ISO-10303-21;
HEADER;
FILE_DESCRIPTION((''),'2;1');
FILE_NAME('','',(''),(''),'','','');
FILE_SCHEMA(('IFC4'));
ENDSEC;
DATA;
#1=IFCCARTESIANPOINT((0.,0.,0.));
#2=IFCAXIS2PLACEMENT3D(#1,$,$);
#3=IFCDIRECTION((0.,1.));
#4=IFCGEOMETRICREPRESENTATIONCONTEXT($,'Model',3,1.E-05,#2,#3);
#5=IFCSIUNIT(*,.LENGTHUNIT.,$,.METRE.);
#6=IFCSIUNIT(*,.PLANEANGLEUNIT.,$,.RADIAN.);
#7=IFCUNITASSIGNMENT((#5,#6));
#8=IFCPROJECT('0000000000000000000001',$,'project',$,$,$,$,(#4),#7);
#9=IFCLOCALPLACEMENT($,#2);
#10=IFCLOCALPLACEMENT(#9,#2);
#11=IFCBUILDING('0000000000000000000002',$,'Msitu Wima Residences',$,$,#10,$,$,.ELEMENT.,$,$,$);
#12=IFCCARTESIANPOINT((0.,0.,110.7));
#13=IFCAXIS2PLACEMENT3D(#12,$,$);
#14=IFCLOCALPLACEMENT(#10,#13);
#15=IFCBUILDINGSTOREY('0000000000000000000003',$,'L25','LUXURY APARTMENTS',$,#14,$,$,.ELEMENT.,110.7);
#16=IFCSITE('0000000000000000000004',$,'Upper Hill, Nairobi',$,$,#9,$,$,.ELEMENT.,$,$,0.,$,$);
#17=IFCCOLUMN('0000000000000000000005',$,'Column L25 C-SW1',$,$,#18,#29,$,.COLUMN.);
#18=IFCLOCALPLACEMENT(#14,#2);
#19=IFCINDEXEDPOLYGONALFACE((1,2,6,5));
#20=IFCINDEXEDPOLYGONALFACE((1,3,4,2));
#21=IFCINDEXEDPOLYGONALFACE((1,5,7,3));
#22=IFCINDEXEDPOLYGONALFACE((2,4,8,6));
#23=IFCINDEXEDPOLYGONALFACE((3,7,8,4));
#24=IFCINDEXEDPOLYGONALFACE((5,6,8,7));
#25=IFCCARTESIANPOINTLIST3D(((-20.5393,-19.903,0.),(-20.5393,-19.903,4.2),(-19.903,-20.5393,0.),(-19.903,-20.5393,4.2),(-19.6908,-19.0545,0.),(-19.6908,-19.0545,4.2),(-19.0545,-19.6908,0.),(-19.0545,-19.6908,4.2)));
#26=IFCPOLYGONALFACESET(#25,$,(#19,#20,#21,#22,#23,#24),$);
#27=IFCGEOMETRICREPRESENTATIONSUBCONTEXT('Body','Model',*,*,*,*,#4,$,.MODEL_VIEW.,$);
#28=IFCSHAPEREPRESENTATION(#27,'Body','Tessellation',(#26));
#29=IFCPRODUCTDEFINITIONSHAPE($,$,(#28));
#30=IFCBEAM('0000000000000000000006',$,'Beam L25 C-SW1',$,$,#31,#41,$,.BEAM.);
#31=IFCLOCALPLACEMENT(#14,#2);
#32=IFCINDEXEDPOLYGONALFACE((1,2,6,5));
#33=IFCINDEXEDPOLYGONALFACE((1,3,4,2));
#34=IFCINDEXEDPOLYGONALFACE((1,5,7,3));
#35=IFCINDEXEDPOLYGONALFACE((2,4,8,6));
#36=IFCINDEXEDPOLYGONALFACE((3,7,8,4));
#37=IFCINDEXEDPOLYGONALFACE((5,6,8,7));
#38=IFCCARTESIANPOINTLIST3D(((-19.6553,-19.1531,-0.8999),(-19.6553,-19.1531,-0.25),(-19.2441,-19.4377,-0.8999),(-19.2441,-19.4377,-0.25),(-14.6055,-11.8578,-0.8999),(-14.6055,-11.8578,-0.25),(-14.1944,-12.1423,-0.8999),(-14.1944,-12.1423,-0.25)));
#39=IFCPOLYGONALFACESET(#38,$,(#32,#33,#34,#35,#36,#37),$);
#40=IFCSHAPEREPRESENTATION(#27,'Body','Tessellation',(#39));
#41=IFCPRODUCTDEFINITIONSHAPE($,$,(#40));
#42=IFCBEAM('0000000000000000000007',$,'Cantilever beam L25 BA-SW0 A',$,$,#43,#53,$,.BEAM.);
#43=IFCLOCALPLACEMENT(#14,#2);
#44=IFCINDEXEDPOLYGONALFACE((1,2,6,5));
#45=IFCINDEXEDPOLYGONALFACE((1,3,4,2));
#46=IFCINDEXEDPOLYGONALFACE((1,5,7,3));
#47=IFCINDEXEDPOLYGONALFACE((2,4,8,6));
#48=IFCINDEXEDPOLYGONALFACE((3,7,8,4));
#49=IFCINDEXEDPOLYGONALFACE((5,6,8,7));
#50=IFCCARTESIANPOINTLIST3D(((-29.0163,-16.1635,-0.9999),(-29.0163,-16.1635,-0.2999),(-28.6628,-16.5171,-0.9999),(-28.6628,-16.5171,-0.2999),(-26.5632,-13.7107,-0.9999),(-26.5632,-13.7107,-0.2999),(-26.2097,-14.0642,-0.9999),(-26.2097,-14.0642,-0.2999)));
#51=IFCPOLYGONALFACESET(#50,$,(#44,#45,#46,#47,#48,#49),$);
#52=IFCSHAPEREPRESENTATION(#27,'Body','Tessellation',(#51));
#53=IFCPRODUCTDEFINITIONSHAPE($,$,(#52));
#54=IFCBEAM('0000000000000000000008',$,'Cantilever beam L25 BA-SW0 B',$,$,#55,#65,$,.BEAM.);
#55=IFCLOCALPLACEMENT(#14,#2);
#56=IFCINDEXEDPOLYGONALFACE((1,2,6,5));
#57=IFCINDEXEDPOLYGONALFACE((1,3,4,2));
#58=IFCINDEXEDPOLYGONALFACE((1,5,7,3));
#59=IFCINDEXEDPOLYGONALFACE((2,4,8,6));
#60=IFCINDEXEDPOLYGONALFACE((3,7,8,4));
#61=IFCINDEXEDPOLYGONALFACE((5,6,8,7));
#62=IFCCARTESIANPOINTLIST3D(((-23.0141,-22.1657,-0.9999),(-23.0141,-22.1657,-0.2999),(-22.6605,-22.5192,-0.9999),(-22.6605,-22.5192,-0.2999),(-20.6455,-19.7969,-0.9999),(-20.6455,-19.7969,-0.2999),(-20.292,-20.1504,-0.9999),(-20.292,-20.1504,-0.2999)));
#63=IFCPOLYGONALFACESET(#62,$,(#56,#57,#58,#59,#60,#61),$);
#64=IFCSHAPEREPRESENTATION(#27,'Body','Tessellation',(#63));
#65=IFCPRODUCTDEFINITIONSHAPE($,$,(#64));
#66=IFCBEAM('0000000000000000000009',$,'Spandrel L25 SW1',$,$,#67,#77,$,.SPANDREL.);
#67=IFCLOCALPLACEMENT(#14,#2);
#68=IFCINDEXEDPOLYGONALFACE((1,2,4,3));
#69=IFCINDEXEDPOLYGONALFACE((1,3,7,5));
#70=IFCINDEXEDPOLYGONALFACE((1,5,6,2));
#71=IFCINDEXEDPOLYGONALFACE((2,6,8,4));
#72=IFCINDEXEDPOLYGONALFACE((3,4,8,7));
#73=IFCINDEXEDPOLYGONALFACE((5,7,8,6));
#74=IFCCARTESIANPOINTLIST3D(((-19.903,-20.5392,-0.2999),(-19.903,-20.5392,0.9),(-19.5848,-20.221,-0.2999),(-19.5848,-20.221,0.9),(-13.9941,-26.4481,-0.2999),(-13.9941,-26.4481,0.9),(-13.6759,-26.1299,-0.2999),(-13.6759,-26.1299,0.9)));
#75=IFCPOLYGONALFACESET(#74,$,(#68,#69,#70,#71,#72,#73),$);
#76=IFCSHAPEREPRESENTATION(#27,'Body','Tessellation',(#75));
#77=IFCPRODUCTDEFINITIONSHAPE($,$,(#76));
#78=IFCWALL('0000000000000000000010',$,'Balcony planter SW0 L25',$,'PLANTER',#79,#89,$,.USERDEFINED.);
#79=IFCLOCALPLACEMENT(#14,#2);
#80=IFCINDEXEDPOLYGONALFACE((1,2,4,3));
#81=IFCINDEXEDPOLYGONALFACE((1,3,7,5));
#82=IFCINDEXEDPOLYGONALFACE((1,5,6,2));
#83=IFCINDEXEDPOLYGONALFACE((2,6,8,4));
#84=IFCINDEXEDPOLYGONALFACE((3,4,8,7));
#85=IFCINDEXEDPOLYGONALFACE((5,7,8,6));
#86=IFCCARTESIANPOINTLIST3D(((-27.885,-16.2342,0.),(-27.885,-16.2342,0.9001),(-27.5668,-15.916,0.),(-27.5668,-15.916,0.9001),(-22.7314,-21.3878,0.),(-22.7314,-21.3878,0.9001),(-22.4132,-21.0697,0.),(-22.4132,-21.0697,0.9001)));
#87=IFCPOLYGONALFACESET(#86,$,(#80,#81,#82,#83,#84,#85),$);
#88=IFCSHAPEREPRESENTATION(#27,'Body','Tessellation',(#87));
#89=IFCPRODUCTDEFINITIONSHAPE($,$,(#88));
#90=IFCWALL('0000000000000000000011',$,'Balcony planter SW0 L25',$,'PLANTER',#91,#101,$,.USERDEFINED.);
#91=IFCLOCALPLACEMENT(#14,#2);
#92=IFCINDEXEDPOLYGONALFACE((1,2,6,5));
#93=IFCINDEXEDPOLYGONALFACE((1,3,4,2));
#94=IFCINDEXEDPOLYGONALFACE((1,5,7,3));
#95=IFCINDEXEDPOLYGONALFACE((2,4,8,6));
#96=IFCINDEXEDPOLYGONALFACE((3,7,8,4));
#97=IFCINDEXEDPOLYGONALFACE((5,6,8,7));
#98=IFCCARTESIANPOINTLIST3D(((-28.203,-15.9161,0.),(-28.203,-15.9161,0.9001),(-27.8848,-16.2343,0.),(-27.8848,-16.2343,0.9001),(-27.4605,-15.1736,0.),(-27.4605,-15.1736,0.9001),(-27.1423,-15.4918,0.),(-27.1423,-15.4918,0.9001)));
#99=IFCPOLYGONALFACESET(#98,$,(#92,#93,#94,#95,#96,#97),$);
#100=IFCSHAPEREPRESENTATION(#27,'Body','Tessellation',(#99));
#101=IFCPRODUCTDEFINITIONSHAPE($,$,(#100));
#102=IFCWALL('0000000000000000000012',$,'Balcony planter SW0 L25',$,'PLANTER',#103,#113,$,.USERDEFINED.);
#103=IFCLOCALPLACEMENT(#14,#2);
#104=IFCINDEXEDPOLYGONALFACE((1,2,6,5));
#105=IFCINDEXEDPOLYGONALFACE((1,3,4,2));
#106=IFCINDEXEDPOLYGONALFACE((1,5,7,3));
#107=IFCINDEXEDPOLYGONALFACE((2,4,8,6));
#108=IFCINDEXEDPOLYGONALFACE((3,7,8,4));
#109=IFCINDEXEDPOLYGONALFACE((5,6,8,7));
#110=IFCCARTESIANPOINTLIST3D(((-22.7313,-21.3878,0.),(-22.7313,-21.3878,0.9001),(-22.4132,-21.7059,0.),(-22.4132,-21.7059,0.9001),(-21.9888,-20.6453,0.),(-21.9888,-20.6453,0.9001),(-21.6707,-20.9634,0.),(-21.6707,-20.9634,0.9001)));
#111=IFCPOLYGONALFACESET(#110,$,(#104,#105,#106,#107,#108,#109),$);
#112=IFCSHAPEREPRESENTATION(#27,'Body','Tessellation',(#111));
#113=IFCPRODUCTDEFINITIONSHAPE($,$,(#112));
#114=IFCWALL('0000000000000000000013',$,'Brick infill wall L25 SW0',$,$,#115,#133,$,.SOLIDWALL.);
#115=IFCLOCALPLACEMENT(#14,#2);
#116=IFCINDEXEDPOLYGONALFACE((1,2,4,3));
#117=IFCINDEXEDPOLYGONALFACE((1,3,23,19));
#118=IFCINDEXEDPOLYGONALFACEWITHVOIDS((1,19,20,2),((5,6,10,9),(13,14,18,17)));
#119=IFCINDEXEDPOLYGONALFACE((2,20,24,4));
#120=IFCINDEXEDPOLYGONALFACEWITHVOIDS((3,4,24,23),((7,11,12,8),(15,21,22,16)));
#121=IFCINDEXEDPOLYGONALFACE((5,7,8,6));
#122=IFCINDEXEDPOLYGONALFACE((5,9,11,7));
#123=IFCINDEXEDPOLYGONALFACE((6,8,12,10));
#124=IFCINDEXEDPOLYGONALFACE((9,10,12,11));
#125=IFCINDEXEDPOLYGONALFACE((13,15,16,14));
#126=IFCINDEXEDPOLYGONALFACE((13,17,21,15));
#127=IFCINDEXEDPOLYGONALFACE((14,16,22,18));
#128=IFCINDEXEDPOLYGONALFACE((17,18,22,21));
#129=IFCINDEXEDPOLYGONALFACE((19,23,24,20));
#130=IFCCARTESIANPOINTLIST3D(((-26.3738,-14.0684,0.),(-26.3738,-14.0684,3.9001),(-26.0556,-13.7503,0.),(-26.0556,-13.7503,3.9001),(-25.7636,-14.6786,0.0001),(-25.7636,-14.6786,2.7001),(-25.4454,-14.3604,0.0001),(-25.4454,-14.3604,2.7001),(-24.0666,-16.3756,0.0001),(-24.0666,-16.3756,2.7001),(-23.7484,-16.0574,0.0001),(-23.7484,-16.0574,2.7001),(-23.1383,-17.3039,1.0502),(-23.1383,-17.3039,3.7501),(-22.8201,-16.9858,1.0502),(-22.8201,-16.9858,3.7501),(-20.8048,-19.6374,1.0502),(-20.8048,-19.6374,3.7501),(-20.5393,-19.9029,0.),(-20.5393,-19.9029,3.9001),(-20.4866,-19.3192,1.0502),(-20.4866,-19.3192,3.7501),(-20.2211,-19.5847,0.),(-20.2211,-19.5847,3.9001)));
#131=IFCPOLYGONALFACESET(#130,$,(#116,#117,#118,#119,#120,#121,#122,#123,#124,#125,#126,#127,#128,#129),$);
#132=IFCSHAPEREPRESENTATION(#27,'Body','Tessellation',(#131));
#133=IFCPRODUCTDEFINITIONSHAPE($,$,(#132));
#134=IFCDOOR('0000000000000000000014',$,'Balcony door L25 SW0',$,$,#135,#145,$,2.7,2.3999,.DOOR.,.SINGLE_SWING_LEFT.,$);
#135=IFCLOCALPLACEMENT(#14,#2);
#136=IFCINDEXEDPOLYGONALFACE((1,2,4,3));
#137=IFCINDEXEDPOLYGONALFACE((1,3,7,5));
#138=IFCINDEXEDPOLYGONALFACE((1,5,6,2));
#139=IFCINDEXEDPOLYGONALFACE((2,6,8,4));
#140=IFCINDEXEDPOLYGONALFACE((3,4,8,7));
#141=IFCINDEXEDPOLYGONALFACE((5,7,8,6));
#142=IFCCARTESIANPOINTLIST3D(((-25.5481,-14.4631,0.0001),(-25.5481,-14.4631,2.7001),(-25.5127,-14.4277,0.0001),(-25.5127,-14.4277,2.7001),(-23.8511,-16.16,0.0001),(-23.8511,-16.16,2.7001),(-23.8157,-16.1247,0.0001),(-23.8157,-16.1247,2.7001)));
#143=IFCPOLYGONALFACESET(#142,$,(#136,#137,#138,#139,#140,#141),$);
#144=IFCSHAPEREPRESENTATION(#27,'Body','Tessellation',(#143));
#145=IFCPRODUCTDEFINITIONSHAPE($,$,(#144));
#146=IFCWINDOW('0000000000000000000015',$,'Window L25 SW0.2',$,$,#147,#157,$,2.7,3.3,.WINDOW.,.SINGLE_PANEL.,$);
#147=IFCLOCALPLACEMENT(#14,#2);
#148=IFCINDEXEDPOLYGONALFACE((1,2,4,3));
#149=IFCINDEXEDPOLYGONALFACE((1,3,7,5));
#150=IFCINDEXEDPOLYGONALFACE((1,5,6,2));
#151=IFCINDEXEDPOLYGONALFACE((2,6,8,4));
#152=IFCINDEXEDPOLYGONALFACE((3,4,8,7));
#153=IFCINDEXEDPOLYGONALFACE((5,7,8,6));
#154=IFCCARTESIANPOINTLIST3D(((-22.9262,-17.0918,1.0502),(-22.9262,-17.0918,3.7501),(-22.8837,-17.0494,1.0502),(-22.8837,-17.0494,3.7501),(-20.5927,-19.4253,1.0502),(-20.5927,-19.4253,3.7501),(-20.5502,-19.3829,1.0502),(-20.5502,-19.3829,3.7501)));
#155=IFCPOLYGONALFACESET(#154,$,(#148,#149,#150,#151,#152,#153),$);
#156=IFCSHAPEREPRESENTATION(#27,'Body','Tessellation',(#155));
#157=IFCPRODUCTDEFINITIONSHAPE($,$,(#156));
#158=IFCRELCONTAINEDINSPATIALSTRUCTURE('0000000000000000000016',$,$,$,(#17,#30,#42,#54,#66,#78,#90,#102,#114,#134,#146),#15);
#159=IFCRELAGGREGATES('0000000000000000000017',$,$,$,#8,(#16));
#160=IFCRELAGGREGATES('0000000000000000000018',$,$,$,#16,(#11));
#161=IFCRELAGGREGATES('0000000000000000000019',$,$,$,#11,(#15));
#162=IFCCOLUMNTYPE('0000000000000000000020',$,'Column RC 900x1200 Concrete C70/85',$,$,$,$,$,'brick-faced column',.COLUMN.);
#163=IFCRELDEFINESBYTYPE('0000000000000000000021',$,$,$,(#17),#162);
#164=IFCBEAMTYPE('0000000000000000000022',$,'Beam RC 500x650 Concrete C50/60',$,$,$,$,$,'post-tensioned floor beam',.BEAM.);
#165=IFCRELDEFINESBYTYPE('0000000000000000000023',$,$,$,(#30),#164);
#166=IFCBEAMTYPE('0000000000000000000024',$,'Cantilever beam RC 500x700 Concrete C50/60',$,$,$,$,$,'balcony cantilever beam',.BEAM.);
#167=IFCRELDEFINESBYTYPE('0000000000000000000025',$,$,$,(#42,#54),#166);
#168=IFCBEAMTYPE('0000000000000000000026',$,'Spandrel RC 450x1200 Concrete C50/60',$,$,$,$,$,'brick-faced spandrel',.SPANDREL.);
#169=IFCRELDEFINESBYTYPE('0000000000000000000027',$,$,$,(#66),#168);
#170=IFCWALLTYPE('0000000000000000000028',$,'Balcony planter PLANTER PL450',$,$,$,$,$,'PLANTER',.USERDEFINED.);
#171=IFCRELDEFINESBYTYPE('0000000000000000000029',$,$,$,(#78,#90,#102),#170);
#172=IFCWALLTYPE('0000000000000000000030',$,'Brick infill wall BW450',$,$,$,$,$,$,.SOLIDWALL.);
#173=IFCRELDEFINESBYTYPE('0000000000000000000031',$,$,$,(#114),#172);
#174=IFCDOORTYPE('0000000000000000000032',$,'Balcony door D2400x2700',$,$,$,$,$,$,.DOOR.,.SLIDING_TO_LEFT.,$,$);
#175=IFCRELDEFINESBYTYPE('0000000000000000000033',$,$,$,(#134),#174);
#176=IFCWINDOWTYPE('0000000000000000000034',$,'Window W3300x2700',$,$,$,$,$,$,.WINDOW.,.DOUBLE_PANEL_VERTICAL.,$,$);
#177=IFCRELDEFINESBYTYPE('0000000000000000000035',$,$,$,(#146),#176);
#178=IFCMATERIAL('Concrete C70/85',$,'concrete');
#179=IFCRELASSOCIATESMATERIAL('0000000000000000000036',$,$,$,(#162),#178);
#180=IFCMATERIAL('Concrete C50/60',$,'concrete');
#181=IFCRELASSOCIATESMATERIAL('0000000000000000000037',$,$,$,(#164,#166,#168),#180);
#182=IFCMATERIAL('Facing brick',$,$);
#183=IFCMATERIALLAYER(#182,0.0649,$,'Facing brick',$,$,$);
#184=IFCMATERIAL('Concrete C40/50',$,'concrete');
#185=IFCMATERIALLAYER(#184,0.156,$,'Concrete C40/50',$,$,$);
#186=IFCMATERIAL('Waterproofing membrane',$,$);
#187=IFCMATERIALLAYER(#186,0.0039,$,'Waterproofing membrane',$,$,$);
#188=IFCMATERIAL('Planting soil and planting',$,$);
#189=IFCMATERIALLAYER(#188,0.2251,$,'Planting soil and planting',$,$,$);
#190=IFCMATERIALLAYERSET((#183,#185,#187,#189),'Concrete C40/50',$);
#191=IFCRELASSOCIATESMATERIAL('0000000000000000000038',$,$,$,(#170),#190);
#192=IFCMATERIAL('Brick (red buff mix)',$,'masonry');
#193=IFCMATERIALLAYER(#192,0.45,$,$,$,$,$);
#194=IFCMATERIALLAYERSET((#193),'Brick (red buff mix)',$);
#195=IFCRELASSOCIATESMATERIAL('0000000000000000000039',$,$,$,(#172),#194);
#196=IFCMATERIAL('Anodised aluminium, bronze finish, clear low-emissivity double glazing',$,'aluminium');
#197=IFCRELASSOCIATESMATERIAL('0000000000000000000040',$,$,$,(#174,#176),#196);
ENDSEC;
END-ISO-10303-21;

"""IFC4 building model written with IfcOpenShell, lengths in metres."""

from ifc_helpers import new_model, si_unit, direction, frame, frame_2d, origin, origin_2d, place, context, subcontext, project, spatial, rectangle, extrude, material, layer, layer_set, material_profile, profile_set, type_object, element, fill, save


model = new_model("IFC4")

# Units and contexts
model_context = context("Model", 3, precision=1e-05, world=origin(), true_north=direction((0.0, 1.0)))
body_context = subcontext(model_context, "Body", "Model", "MODEL_VIEW")
ifc_project = project(units=[si_unit("LENGTHUNIT", "METRE"), si_unit("PLANEANGLEUNIT", "RADIAN")], contexts=[model_context])

# Site, building, storey
site_placement = place(None, origin())
site = spatial("IfcSite", under=ifc_project, at=site_placement, Name="Upper Hill, Nairobi", CompositionType="ELEMENT", RefElevation=0.0)
building_placement = place(site_placement, origin())
building = spatial("IfcBuilding", under=site, at=building_placement, Name="Msitu Wima Residences", CompositionType="ELEMENT")
storey_placement = place(building_placement, frame((0.0, 0.0, 110.7)))
storey = spatial("IfcBuildingStorey", under=building, at=storey_placement, Name="L25", Description="LUXURY APARTMENTS", CompositionType="ELEMENT", Elevation=110.7)

# Column
ifc_material_1 = material(Name="Concrete C70/85", Category="concrete")
ifc_material_profile_1 = material_profile(ifc_material_1, rectangle(XDim=0.8999, YDim=1.2, at=origin_2d()), Name="RC 900x1200")
ifc_profile_set_1 = profile_set([ifc_material_profile_1], Name="Concrete C70/85")
column_type = type_object("IfcColumnType", Name="Column RC 900x1200 Concrete C70/85", ElementType="brick-faced column", PredefinedType="COLUMN", material=ifc_profile_set_1)
column_placement = place(storey_placement, frame((-19.7969, -19.7969, 0.0), z_axis=(0.0, 0.0, 1.0), x_axis=(0.707107, -0.707107, 0.0)))
element("IfcColumn", 1, at=column_placement, inside=storey, type_object=column_type, Name="Column L25 C-SW1", PredefinedType="COLUMN", context=body_context, shape_type="SweptSolid", body=[
    extrude(rectangle(XDim=0.8999, YDim=1.2, at=origin_2d()), origin(), (0.0, 0.0, 1.0), 4.2),
])

# Beams
ifc_material_2 = material(Name="Concrete C50/60", Category="concrete")
ifc_material_profile_2 = material_profile(ifc_material_2, rectangle(XDim=0.5, YDim=0.6499, at=origin_2d()), Name="RC 500x650")
ifc_profile_set_2 = profile_set([ifc_material_profile_2], Name="Concrete C50/60")
beam_type_1 = type_object("IfcBeamType", Name="Beam RC 500x650 Concrete C50/60", ElementType="post-tensioned floor beam", PredefinedType="BEAM", material=ifc_profile_set_2)
beam_1_placement = place(storey_placement, frame((-19.4497, -19.2954, -0.575), z_axis=(0.569144, 0.822238, 0.0), x_axis=(-0.822238, 0.569144, 0.0)))
element("IfcBeam", 2, at=beam_1_placement, inside=storey, type_object=beam_type_1, Name="Beam L25 C-SW1", PredefinedType="BEAM", context=body_context, shape_type="SweptSolid", body=[
    extrude(rectangle(XDim=0.5, YDim=0.6499, at=origin_2d()), origin(), (0.0, 0.0, 1.0), 8.8726),
])
ifc_material_profile_3 = material_profile(ifc_material_2, rectangle(XDim=0.5, YDim=0.7, at=origin_2d()), Name="RC 500x700")
ifc_profile_set_3 = profile_set([ifc_material_profile_3], Name="Concrete C50/60")
beam_type_2 = type_object("IfcBeamType", Name="Cantilever beam RC 500x700 Concrete C50/60", ElementType="balcony cantilever beam", PredefinedType="BEAM", material=ifc_profile_set_3)
beam_2_placement = place(storey_placement, frame((-26.3865, -13.8875, -0.6499), z_axis=(-0.707142, -0.707072, 0.0), x_axis=(0.707072, -0.707142, 0.0)))
element("IfcBeam", 3, at=beam_2_placement, inside=storey, type_object=beam_type_2, Name="Cantilever beam L25 BA-SW0 A", PredefinedType="BEAM", context=body_context, shape_type="SweptSolid", body=[
    extrude(rectangle(XDim=0.5, YDim=0.7, at=origin_2d()), origin(), (0.0, 0.0, 1.0), 3.469),
])
beam_3_placement = place(storey_placement, frame((-20.4688, -19.9736, -0.6499), z_axis=(-0.70707, -0.707143, 0.0), x_axis=(0.707143, -0.70707, 0.0)))
element("IfcBeam", 4, at=beam_3_placement, inside=storey, type_object=beam_type_2, Name="Cantilever beam L25 BA-SW0 B", PredefinedType="BEAM", context=body_context, shape_type="SweptSolid", body=[
    extrude(rectangle(XDim=0.5, YDim=0.7, at=origin_2d()), origin(), (0.0, 0.0, 1.0), 3.3499),
])
ifc_material_profile_4 = material_profile(ifc_material_2, rectangle(XDim=0.45, YDim=1.2, at=origin_2d()), Name="RC 450x1200")
ifc_profile_set_4 = profile_set([ifc_material_profile_4], Name="Concrete C50/60")
beam_type_3 = type_object("IfcBeamType", Name="Spandrel RC 450x1200 Concrete C50/60", ElementType="brick-faced spandrel", PredefinedType="SPANDREL", material=ifc_profile_set_4)
beam_4_placement = place(storey_placement, frame((-19.7439, -20.3801, 0.3), z_axis=(0.707107, -0.707107, 0.0), x_axis=(0.707107, 0.707107, 0.0)))
element("IfcBeam", 5, at=beam_4_placement, inside=storey, type_object=beam_type_3, Name="Spandrel L25 SW1", PredefinedType="SPANDREL", context=body_context, shape_type="SweptSolid", body=[
    extrude(rectangle(XDim=0.45, YDim=1.2, at=origin_2d()), origin(), (0.0, 0.0, 1.0), 8.3564),
])

# Walls
ifc_material_3 = material(Name="Facing brick")
ifc_layer_1 = layer(ifc_material_3, 0.0649, Name="Facing brick")
ifc_material_4 = material(Name="Concrete C40/50", Category="concrete")
ifc_layer_2 = layer(ifc_material_4, 0.156, Name="Concrete C40/50")
ifc_material_5 = material(Name="Waterproofing membrane")
ifc_layer_3 = layer(ifc_material_5, 0.0039, Name="Waterproofing membrane")
ifc_material_6 = material(Name="Planting soil and planting")
ifc_layer_4 = layer(ifc_material_6, 0.2251, Name="Planting soil and planting")
ifc_layer_set_1 = layer_set([ifc_layer_1, ifc_layer_2, ifc_layer_3, ifc_layer_4], Name="Concrete C40/50")
wall_type_1 = type_object("IfcWallType", Name="Balcony planter PLANTER PL450", ElementType="PLANTER", PredefinedType="USERDEFINED", material=ifc_layer_set_1)
wall_1_placement = place(storey_placement, frame((-27.7258, -16.0752, 0.0), z_axis=(0.0, 0.0, 1.0), x_axis=(0.707107, -0.707107, 0.0)))
element("IfcWall", 6, at=wall_1_placement, inside=storey, type_object=wall_type_1, Name="Balcony planter SW0 L25", ObjectType="PLANTER", PredefinedType="USERDEFINED", context=body_context, shape_type="SweptSolid", body=[
    extrude(rectangle(XDim=7.2883, YDim=0.45, at=frame_2d((3.644, 0.0))), origin(), (0.0, 0.0, 1.0), 0.9001),
])
for number, where, z_axis, x_axis, name in (
    (7, (-27.3015, -15.3328, 0.0), (0.0, 0.0, 1.0), (-0.707107, -0.707107, 0.0), "Balcony planter SW0 L25"),
    (8, (-21.8298, -20.8044, 0.0), (0.0, 0.0, 1.0), (-0.707107, -0.707107, 0.0), "Balcony planter SW0 L25"),
):
    element("IfcWall", number, at=place(storey_placement, frame(where, z_axis=z_axis, x_axis=x_axis)), inside=storey, type_object=wall_type_1, Name=name, ObjectType="PLANTER", PredefinedType="USERDEFINED", context=body_context, shape_type="SweptSolid", body=[
        extrude(rectangle(XDim=1.05, YDim=0.45, at=frame_2d((0.5249, 0.0))), origin(), (0.0, 0.0, 1.0), 0.9001),
    ])

# Wall, openings, door, window
ifc_material_7 = material(Name="Brick (red buff mix)", Category="masonry")
ifc_layer_5 = layer(ifc_material_7, 0.45)
ifc_layer_set_2 = layer_set([ifc_layer_5], Name="Brick (red buff mix)")
wall_type_2 = type_object("IfcWallType", Name="Brick infill wall BW450", PredefinedType="SOLIDWALL", material=ifc_layer_set_2)
wall_2_placement = place(storey_placement, frame((-26.2146, -13.9094, 0.0), z_axis=(0.0, 0.0, 1.0), x_axis=(0.707107, -0.707107, 0.0)))
wall_2 = element("IfcWall", 9, at=wall_2_placement, inside=storey, type_object=wall_type_2, Name="Brick infill wall L25 SW0", PredefinedType="SOLIDWALL", context=body_context, shape_type="SweptSolid", body=[
    extrude(rectangle(XDim=8.2512, YDim=0.45, at=frame_2d((4.1255, 0.0))), origin(), (0.0, 0.0, 1.0), 3.9001),
])
opening_1_placement = place(wall_2_placement, frame((0.8628, 0.0, 0.0)))
opening_1 = element("IfcOpeningElement", 10, at=opening_1_placement, cuts=wall_2, PredefinedType="OPENING", context=body_context, shape_type="SweptSolid", body=[
    extrude(rectangle(XDim=2.3999, YDim=2.7, at=frame_2d((1.2, 1.3501))), frame((0.0, 0.2349, 0.0), z_axis=(0.0, -1.0, 0.0), x_axis=(1.0, 0.0, 0.0)), (0.0, 0.0, 1.0), 0.47),
])
opening_2_placement = place(wall_2_placement, frame((4.5757, 0.0, 1.05)))
opening_2 = element("IfcOpeningElement", 11, at=opening_2_placement, cuts=wall_2, PredefinedType="OPENING", context=body_context, shape_type="SweptSolid", body=[
    extrude(rectangle(XDim=3.3, YDim=2.7, at=frame_2d((1.6499, 1.3501))), frame((0.0, 0.2349, 0.0), z_axis=(0.0, -1.0, 0.0), x_axis=(1.0, 0.0, 0.0)), (0.0, 0.0, 1.0), 0.47),
])
ifc_material_8 = material(Name="Anodised aluminium, bronze finish, clear low-emissivity double glazing", Category="aluminium")
door_type_1 = type_object("IfcDoorType", Name="Balcony door D2400x2700", OperationType="SLIDING_TO_LEFT", PredefinedType="DOOR", material=ifc_material_8)
door_1_placement = place(opening_1_placement, origin())
door_1 = element("IfcDoor", 12, at=door_1_placement, inside=storey, type_object=door_type_1, Name="Balcony door L25 SW0", OperationType="SINGLE_SWING_LEFT", OverallHeight=2.7, OverallWidth=2.3999, PredefinedType="DOOR", context=body_context, shape_type="SweptSolid", body=[
    extrude(rectangle(XDim=2.3999, YDim=2.7, at=frame_2d((1.2, 1.3501))), frame((0.0, 0.1299, 0.0), z_axis=(0.0, -1.0, 0.0), x_axis=(1.0, 0.0, 0.0)), (0.0, 0.0, 1.0), 0.05),
])
fill(opening_1, door_1)
window_type = type_object("IfcWindowType", Name="Window W3300x2700", PartitioningType="DOUBLE_PANEL_VERTICAL", PredefinedType="WINDOW", material=ifc_material_8)
window_1_placement = place(opening_2_placement, origin())
window_1 = element("IfcWindow", 13, at=window_1_placement, inside=storey, type_object=window_type, Name="Window L25 SW0.2", OverallHeight=2.7, OverallWidth=3.3, PartitioningType="SINGLE_PANEL", PredefinedType="WINDOW", context=body_context, shape_type="SweptSolid", body=[
    extrude(rectangle(XDim=3.3, YDim=2.7, at=frame_2d((1.6499, 1.3501))), frame((0.0, 0.135, 0.0), z_axis=(0.0, -1.0, 0.0), x_axis=(1.0, 0.0, 0.0)), (0.0, 0.0, 1.0), 0.0601),
])
fill(opening_2, window_1)

save(model, "model.ifc")
